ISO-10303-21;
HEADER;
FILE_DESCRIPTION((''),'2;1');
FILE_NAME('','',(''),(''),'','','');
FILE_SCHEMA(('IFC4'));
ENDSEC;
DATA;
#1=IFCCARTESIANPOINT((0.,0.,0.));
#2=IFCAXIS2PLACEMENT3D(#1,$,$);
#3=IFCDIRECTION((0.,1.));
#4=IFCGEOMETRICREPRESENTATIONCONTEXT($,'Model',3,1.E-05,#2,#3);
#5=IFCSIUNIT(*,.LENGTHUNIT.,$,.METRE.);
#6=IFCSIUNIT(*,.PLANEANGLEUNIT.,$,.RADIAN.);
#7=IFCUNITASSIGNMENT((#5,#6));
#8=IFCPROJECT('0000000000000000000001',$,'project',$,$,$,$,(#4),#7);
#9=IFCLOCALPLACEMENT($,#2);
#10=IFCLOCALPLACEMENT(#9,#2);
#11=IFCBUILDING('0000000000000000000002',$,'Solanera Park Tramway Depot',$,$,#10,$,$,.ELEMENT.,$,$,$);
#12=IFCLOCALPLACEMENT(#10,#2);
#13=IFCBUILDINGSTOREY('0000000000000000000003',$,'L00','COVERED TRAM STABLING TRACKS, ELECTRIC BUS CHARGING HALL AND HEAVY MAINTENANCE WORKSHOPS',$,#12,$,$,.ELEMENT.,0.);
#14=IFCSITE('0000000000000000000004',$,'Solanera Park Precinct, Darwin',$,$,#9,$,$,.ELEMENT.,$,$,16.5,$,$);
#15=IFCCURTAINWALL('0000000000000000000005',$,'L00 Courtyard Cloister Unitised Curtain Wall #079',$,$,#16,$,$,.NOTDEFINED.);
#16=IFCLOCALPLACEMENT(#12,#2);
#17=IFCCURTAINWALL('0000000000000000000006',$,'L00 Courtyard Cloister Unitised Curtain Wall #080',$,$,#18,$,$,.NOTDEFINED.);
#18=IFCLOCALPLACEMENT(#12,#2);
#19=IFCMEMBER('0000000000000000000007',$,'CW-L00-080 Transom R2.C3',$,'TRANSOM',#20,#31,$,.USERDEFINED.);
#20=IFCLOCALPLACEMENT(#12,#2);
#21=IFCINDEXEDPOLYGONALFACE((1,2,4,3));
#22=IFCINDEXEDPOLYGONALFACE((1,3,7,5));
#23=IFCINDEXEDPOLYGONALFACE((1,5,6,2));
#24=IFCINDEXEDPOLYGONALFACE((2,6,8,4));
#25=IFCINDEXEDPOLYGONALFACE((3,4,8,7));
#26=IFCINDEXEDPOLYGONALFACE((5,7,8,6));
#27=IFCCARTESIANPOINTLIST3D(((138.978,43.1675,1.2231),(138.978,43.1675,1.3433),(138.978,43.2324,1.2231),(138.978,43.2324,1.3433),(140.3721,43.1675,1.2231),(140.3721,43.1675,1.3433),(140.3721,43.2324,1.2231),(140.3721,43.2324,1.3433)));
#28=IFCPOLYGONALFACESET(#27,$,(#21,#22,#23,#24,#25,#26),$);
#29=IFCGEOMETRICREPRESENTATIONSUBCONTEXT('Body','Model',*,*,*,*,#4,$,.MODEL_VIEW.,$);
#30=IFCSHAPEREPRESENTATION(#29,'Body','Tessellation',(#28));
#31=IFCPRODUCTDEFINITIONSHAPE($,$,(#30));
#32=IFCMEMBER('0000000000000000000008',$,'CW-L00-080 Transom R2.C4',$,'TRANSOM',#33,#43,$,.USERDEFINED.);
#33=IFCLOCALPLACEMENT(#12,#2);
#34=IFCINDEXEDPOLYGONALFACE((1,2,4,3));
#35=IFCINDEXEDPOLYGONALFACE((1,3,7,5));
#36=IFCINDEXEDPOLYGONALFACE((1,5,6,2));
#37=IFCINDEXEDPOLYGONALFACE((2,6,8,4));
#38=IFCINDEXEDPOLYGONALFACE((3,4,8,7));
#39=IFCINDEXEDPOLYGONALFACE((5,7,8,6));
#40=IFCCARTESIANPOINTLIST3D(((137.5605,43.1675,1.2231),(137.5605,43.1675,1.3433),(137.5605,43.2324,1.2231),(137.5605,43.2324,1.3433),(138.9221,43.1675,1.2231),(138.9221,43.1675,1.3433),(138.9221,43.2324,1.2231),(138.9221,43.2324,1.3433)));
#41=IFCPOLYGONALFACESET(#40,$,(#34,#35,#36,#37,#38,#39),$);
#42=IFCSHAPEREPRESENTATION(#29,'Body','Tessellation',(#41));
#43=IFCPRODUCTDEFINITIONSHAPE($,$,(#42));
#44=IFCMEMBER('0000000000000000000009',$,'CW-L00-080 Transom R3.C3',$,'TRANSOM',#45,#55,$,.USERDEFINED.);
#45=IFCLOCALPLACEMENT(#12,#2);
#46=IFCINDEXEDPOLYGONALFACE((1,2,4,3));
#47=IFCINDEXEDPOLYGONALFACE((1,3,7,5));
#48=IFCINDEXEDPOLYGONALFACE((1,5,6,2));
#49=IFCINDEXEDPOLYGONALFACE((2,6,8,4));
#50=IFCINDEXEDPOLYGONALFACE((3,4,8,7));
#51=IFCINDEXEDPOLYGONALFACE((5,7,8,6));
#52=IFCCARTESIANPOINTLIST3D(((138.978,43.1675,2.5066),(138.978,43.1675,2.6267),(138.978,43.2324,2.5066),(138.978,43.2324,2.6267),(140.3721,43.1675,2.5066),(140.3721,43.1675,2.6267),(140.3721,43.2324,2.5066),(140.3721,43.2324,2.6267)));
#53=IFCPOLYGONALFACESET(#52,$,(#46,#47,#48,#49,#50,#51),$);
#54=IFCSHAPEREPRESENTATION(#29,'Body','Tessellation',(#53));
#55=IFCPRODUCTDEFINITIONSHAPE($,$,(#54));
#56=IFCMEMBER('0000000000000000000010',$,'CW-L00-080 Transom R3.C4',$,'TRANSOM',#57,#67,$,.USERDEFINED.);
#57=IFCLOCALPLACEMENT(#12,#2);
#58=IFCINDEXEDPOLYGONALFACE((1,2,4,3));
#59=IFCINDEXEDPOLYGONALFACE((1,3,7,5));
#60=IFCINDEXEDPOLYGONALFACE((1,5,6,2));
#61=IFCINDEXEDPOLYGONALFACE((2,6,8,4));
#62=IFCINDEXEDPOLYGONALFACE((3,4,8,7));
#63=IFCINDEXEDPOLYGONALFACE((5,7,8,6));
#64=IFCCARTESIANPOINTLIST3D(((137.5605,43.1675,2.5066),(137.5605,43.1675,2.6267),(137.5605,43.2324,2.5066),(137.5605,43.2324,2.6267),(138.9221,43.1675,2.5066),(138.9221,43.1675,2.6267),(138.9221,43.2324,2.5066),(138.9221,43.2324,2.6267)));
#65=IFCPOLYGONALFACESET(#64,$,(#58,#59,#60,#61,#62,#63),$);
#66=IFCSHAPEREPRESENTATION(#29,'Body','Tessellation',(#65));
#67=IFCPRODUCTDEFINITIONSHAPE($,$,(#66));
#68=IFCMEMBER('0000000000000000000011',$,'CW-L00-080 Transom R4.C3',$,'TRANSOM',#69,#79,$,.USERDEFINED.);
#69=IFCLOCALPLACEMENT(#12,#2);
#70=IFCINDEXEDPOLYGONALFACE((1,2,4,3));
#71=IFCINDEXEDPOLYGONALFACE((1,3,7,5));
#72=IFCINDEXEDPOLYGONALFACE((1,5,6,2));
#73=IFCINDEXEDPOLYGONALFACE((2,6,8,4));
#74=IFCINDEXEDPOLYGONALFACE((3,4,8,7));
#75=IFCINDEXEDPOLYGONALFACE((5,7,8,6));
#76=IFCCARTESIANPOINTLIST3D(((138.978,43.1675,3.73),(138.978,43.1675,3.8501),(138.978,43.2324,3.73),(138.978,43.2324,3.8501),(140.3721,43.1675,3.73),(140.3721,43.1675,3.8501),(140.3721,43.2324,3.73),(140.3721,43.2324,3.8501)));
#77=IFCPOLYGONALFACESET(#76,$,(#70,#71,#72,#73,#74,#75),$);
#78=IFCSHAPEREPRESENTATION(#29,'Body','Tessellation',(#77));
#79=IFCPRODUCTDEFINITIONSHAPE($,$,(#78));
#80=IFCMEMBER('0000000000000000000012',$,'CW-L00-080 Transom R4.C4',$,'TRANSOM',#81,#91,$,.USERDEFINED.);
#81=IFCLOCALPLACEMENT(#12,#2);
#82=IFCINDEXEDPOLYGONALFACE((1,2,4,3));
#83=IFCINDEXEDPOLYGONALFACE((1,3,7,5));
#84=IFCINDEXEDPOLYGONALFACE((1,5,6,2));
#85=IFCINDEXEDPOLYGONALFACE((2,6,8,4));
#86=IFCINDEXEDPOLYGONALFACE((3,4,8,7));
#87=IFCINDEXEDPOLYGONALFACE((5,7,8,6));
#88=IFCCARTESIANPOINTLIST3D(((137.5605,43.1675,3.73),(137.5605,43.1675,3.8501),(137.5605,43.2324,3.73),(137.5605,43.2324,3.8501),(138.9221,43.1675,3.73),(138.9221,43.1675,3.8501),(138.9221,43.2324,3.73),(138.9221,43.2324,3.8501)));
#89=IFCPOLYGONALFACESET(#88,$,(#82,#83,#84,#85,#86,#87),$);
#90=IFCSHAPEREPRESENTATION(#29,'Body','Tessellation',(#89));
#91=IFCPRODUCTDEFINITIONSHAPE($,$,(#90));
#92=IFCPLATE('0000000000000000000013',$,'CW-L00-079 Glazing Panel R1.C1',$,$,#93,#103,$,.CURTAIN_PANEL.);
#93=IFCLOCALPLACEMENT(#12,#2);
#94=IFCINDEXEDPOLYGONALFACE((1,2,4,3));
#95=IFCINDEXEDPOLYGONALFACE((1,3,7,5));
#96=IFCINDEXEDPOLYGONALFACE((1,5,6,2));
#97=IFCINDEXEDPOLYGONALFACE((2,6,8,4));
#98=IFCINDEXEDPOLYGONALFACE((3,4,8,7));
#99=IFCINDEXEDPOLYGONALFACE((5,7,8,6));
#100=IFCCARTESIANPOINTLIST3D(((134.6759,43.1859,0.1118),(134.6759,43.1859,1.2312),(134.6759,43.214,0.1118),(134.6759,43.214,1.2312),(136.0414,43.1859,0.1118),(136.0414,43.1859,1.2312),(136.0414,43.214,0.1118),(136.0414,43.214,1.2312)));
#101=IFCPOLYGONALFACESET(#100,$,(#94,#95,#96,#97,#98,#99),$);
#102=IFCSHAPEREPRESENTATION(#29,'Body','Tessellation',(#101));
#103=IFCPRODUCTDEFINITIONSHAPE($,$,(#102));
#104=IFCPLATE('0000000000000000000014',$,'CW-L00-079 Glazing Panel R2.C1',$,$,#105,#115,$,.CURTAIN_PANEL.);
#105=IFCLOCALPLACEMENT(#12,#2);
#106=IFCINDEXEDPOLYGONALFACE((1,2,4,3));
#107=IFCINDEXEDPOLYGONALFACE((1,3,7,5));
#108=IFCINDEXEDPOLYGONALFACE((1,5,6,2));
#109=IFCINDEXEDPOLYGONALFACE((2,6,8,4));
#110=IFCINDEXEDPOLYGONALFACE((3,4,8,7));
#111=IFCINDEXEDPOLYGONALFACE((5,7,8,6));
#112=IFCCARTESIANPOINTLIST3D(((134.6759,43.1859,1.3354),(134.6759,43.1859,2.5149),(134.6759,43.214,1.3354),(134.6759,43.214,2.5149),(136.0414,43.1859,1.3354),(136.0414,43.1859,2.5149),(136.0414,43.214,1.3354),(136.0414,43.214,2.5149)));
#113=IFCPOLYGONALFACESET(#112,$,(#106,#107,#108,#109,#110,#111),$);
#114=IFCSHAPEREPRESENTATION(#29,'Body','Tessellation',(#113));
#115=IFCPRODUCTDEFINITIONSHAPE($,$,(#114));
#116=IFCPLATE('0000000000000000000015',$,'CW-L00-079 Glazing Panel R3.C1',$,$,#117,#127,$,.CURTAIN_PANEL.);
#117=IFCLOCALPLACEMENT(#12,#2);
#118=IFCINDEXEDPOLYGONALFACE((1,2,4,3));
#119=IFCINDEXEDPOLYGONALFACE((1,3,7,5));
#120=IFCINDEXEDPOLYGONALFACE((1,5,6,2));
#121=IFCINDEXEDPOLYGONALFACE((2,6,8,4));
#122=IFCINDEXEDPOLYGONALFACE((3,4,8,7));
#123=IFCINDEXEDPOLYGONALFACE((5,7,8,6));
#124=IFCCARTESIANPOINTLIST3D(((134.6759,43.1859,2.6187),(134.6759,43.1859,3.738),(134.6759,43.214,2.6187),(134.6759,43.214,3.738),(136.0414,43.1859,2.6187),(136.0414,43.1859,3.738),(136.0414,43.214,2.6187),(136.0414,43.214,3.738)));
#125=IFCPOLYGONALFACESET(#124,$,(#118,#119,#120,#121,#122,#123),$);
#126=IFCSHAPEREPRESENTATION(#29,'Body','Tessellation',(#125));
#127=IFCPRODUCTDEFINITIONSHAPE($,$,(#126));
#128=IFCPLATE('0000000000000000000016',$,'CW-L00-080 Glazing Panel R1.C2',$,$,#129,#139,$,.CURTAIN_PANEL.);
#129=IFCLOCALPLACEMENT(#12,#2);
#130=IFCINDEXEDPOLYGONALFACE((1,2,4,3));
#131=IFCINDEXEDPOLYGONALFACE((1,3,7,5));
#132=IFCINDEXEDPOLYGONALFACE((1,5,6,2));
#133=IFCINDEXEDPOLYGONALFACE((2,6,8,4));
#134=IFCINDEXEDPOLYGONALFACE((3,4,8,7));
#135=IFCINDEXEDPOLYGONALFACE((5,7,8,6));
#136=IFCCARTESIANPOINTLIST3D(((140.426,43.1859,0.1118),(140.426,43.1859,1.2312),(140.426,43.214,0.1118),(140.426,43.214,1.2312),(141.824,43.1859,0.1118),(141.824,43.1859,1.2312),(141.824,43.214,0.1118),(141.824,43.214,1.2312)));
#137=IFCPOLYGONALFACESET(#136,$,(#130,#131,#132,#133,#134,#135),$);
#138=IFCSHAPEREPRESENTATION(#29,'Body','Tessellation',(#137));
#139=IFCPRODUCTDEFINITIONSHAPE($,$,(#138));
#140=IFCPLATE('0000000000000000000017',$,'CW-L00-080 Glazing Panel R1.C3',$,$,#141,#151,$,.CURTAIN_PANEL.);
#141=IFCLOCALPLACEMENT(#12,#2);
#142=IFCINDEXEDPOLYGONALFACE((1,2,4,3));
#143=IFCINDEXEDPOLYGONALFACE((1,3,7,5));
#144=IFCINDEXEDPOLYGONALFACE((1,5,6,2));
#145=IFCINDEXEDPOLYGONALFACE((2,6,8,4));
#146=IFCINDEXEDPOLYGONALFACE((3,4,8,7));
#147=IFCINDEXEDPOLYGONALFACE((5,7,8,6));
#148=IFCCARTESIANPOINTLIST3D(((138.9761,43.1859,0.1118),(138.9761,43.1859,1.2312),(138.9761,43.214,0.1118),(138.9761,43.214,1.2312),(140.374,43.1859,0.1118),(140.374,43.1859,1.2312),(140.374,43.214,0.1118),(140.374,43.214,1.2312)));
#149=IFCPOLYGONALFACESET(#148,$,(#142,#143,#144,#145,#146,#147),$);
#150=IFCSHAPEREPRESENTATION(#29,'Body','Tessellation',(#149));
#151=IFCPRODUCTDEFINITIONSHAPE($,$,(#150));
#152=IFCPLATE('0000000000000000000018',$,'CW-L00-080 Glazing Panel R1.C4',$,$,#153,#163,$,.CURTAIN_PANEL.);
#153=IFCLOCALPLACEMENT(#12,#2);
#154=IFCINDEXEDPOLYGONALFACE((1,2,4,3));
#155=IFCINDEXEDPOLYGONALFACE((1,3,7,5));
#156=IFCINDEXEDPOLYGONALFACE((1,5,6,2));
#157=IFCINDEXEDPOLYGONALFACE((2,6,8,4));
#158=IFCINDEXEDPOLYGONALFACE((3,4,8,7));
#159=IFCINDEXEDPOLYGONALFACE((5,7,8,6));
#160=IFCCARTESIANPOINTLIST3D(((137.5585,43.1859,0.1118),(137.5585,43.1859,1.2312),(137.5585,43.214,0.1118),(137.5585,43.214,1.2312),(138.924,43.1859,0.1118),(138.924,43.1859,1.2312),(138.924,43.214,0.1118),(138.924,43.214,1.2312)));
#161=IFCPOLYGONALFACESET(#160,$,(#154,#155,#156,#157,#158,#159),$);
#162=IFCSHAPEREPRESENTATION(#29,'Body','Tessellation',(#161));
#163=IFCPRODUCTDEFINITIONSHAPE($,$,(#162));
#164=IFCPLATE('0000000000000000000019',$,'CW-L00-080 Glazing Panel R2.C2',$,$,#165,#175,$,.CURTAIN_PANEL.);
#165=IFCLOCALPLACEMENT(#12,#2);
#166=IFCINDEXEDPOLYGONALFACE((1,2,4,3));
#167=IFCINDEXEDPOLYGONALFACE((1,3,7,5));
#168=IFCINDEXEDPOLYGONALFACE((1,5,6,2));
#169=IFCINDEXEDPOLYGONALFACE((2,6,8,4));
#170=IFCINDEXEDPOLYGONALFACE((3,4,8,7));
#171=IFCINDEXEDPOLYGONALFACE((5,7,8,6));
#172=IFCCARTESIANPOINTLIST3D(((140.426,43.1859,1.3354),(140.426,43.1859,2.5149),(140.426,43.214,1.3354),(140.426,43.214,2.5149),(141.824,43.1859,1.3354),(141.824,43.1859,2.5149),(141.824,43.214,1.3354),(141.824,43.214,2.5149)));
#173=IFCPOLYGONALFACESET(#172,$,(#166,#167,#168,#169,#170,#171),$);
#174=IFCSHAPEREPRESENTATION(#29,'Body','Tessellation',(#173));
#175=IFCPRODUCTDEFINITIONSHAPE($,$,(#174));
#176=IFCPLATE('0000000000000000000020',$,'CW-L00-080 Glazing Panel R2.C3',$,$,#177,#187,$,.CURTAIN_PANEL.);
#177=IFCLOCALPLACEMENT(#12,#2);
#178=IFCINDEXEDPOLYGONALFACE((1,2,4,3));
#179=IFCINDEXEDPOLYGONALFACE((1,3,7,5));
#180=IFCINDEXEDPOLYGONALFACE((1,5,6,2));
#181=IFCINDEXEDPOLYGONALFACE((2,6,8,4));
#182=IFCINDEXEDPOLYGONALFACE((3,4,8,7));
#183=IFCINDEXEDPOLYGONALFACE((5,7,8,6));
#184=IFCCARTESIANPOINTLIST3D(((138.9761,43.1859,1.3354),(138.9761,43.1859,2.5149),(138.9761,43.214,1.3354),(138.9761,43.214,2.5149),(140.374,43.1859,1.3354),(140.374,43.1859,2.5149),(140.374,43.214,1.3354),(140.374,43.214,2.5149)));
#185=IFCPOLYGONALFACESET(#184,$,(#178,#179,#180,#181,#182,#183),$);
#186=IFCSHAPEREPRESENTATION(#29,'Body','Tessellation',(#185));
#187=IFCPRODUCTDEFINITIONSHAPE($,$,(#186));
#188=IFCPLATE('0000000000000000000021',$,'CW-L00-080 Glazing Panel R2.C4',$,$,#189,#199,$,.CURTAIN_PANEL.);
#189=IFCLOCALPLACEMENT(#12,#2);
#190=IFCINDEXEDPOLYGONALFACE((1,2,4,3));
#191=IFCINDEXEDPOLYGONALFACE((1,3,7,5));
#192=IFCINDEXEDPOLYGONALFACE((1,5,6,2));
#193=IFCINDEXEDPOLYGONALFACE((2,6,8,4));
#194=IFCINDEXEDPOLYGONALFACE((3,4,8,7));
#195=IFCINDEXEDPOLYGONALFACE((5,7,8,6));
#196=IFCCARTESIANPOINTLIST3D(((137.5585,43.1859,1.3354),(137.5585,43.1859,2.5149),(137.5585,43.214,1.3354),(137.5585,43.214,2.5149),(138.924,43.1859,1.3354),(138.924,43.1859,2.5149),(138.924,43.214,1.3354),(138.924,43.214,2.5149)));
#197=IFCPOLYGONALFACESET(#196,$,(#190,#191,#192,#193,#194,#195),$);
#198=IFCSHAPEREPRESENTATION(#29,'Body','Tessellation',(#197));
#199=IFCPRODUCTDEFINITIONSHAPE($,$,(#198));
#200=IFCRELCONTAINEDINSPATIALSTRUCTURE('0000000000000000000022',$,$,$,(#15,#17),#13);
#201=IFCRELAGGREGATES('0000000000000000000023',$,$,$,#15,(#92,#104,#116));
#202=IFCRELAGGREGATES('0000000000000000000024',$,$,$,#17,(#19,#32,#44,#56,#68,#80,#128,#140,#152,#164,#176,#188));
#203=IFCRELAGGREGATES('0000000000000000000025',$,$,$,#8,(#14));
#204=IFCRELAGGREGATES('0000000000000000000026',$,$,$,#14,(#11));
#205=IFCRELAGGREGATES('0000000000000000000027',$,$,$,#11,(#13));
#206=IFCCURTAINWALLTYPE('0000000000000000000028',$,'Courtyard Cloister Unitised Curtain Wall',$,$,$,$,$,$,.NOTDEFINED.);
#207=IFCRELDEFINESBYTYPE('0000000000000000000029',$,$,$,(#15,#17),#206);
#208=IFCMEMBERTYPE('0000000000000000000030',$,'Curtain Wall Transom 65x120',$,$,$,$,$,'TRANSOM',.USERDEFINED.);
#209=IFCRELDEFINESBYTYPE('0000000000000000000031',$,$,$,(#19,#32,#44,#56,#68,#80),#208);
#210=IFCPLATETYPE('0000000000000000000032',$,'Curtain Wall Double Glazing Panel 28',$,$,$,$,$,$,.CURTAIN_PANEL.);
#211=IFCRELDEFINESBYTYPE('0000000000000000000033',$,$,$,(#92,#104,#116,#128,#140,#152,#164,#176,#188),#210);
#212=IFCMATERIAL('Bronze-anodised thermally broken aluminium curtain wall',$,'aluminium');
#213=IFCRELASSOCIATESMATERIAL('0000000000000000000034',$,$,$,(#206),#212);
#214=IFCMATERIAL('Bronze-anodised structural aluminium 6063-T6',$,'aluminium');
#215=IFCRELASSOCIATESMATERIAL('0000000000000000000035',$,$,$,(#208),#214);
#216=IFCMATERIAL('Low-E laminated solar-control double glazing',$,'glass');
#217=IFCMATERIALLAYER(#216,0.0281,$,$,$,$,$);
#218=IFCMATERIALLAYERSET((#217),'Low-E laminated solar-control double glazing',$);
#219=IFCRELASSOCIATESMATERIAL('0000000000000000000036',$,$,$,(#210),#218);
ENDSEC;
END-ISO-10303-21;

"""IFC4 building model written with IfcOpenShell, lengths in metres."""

from ifc_helpers import new_model, si_unit, direction, frame, origin, origin_2d, place, context, subcontext, project, spatial, rectangle, extrude, material, layer, layer_set, material_profile, profile_set, type_object, element, aggregate, save


model = new_model("IFC4")

# Units and contexts
model_context = context("Model", 3, precision=1e-05, world=origin(), true_north=direction((0.0, 1.0)))
body_context = subcontext(model_context, "Body", "Model", "MODEL_VIEW")
ifc_project = project(units=[si_unit("LENGTHUNIT", "METRE"), si_unit("PLANEANGLEUNIT", "RADIAN")], contexts=[model_context])

# Site, building, storey
site_placement = place(None, origin())
site = spatial("IfcSite", under=ifc_project, at=site_placement, Name="Solanera Park Precinct, Darwin", CompositionType="ELEMENT", RefElevation=16.5)
building_placement = place(site_placement, origin())
building = spatial("IfcBuilding", under=site, at=building_placement, Name="Solanera Park Tramway Depot", CompositionType="ELEMENT")
storey_placement = place(building_placement, origin())
storey = spatial("IfcBuildingStorey", under=building, at=storey_placement, Name="L00", Description="COVERED TRAM STABLING TRACKS, ELECTRIC BUS CHARGING HALL AND HEAVY MAINTENANCE WORKSHOPS", CompositionType="ELEMENT", Elevation=0.0)

# Curtain walls
ifc_material_1 = material(Name="Bronze-anodised thermally broken aluminium curtain wall", Category="aluminium")
curtain_wall_type = type_object("IfcCurtainWallType", Name="Courtyard Cloister Unitised Curtain Wall", PredefinedType="NOTDEFINED", material=ifc_material_1)
curtain_wall_1_placement = place(storey_placement, origin())
curtain_wall_1 = element("IfcCurtainWall", 1, at=curtain_wall_1_placement, inside=storey, type_object=curtain_wall_type, Name="L00 Courtyard Cloister Unitised Curtain Wall #079", PredefinedType="NOTDEFINED")
curtain_wall_2_placement = place(storey_placement, origin())
curtain_wall_2 = element("IfcCurtainWall", 2, at=curtain_wall_2_placement, inside=storey, type_object=curtain_wall_type, Name="L00 Courtyard Cloister Unitised Curtain Wall #080", PredefinedType="NOTDEFINED")

# Members
ifc_material_2 = material(Name="Bronze-anodised structural aluminium 6063-T6", Category="aluminium")
ifc_material_profile_1 = material_profile(ifc_material_2, rectangle(XDim=0.0649, YDim=0.1201, at=origin_2d()), Name="Curtain Wall Transom 65x120")
ifc_profile_set_1 = profile_set([ifc_material_profile_1], Name="Bronze-anodised structural aluminium 6063-T6")
member_type_1 = type_object("IfcMemberType", Name="Curtain Wall Transom 65x120", ElementType="TRANSOM", PredefinedType="USERDEFINED", material=ifc_profile_set_1)
member_1_placement = place(storey_placement, frame((140.3721, 43.2, 1.2832), z_axis=(-1.0, 0.0, 0.0), x_axis=(0.0, -1.0, 0.0)))
member_1 = element("IfcMember", 3, at=member_1_placement, type_object=member_type_1, Name="CW-L00-080 Transom R2.C3", ObjectType="TRANSOM", PredefinedType="USERDEFINED", context=body_context, shape_type="SweptSolid", body=[
    extrude(rectangle(XDim=0.0649, YDim=0.1201, at=origin_2d()), origin(), (0.0, 0.0, 1.0), 1.394),
])
member_2_placement = place(storey_placement, frame((138.9221, 43.2, 1.2832), z_axis=(-1.0, 0.0, 0.0), x_axis=(0.0, -1.0, 0.0)))
member_2 = element("IfcMember", 4, at=member_2_placement, type_object=member_type_1, Name="CW-L00-080 Transom R2.C4", ObjectType="TRANSOM", PredefinedType="USERDEFINED", context=body_context, shape_type="SweptSolid", body=[
    extrude(rectangle(XDim=0.0649, YDim=0.1201, at=origin_2d()), origin(), (0.0, 0.0, 1.0), 1.3616),
])
member_3_placement = place(storey_placement, frame((140.3721, 43.2, 2.5667), z_axis=(-1.0, 0.0, 0.0), x_axis=(0.0, -1.0, 0.0)))
member_3 = element("IfcMember", 5, at=member_3_placement, type_object=member_type_1, Name="CW-L00-080 Transom R3.C3", ObjectType="TRANSOM", PredefinedType="USERDEFINED", context=body_context, shape_type="SweptSolid", body=[
    extrude(rectangle(XDim=0.0649, YDim=0.1201, at=origin_2d()), origin(), (0.0, 0.0, 1.0), 1.394),
])
member_4_placement = place(storey_placement, frame((138.9221, 43.2, 2.5667), z_axis=(-1.0, 0.0, 0.0), x_axis=(0.0, -1.0, 0.0)))
member_4 = element("IfcMember", 6, at=member_4_placement, type_object=member_type_1, Name="CW-L00-080 Transom R3.C4", ObjectType="TRANSOM", PredefinedType="USERDEFINED", context=body_context, shape_type="SweptSolid", body=[
    extrude(rectangle(XDim=0.0649, YDim=0.1201, at=origin_2d()), origin(), (0.0, 0.0, 1.0), 1.3616),
])
member_5_placement = place(storey_placement, frame((140.3721, 43.2, 3.79), z_axis=(-1.0, 0.0, 0.0), x_axis=(0.0, -1.0, 0.0)))
member_5 = element("IfcMember", 7, at=member_5_placement, type_object=member_type_1, Name="CW-L00-080 Transom R4.C3", ObjectType="TRANSOM", PredefinedType="USERDEFINED", context=body_context, shape_type="SweptSolid", body=[
    extrude(rectangle(XDim=0.0649, YDim=0.1201, at=origin_2d()), origin(), (0.0, 0.0, 1.0), 1.394),
])
member_6_placement = place(storey_placement, frame((138.9221, 43.2, 3.79), z_axis=(-1.0, 0.0, 0.0), x_axis=(0.0, -1.0, 0.0)))
member_6 = element("IfcMember", 8, at=member_6_placement, type_object=member_type_1, Name="CW-L00-080 Transom R4.C4", ObjectType="TRANSOM", PredefinedType="USERDEFINED", context=body_context, shape_type="SweptSolid", body=[
    extrude(rectangle(XDim=0.0649, YDim=0.1201, at=origin_2d()), origin(), (0.0, 0.0, 1.0), 1.3616),
])

# Plates
ifc_material_3 = material(Name="Low-E laminated solar-control double glazing", Category="glass")
ifc_layer = layer(ifc_material_3, 0.0281)
ifc_layer_set = layer_set([ifc_layer], Name="Low-E laminated solar-control double glazing")
plate_type = type_object("IfcPlateType", Name="Curtain Wall Double Glazing Panel 28", PredefinedType="CURTAIN_PANEL", material=ifc_layer_set)
plate_1_placement = place(storey_placement, frame((135.3586, 43.2, 0.1118), z_axis=(0.0, 0.0, 1.0), x_axis=(-1.0, 0.0, 0.0)))
plate_1 = element("IfcPlate", 9, at=plate_1_placement, type_object=plate_type, Name="CW-L00-079 Glazing Panel R1.C1", PredefinedType="CURTAIN_PANEL", context=body_context, shape_type="SweptSolid", body=[
    extrude(rectangle(XDim=1.3655, YDim=0.0281, at=origin_2d()), origin(), (0.0, 0.0, 1.0), 1.1194),
])
plate_2_placement = place(storey_placement, frame((135.3586, 43.2, 1.3354), z_axis=(0.0, 0.0, 1.0), x_axis=(-1.0, 0.0, 0.0)))
plate_2 = element("IfcPlate", 10, at=plate_2_placement, type_object=plate_type, Name="CW-L00-079 Glazing Panel R2.C1", PredefinedType="CURTAIN_PANEL", context=body_context, shape_type="SweptSolid", body=[
    extrude(rectangle(XDim=1.3655, YDim=0.0281, at=origin_2d()), origin(), (0.0, 0.0, 1.0), 1.1794),
])
plate_3_placement = place(storey_placement, frame((135.3586, 43.2, 2.6187), z_axis=(0.0, 0.0, 1.0), x_axis=(-1.0, 0.0, 0.0)))
plate_3 = element("IfcPlate", 11, at=plate_3_placement, type_object=plate_type, Name="CW-L00-079 Glazing Panel R3.C1", PredefinedType="CURTAIN_PANEL", context=body_context, shape_type="SweptSolid", body=[
    extrude(rectangle(XDim=1.3655, YDim=0.0281, at=origin_2d()), origin(), (0.0, 0.0, 1.0), 1.1194),
])
aggregate(curtain_wall_1, [plate_1, plate_2, plate_3])
plate_4_placement = place(storey_placement, frame((141.125, 43.2, 0.1118), z_axis=(0.0, 0.0, 1.0), x_axis=(-1.0, 0.0, 0.0)))
plate_4 = element("IfcPlate", 12, at=plate_4_placement, type_object=plate_type, Name="CW-L00-080 Glazing Panel R1.C2", PredefinedType="CURTAIN_PANEL", context=body_context, shape_type="SweptSolid", body=[
    extrude(rectangle(XDim=1.3979, YDim=0.0281, at=origin_2d()), origin(), (0.0, 0.0, 1.0), 1.1194),
])
plate_5_placement = place(storey_placement, frame((139.675, 43.2, 0.1118), z_axis=(0.0, 0.0, 1.0), x_axis=(-1.0, 0.0, 0.0)))
plate_5 = element("IfcPlate", 13, at=plate_5_placement, type_object=plate_type, Name="CW-L00-080 Glazing Panel R1.C3", PredefinedType="CURTAIN_PANEL", context=body_context, shape_type="SweptSolid", body=[
    extrude(rectangle(XDim=1.3979, YDim=0.0281, at=origin_2d()), origin(), (0.0, 0.0, 1.0), 1.1194),
])
plate_6_placement = place(storey_placement, frame((138.2412, 43.2, 0.1118), z_axis=(0.0, 0.0, 1.0), x_axis=(-1.0, 0.0, 0.0)))
plate_6 = element("IfcPlate", 14, at=plate_6_placement, type_object=plate_type, Name="CW-L00-080 Glazing Panel R1.C4", PredefinedType="CURTAIN_PANEL", context=body_context, shape_type="SweptSolid", body=[
    extrude(rectangle(XDim=1.3655, YDim=0.0281, at=origin_2d()), origin(), (0.0, 0.0, 1.0), 1.1194),
])
plate_7_placement = place(storey_placement, frame((141.125, 43.2, 1.3354), z_axis=(0.0, 0.0, 1.0), x_axis=(-1.0, 0.0, 0.0)))
plate_7 = element("IfcPlate", 15, at=plate_7_placement, type_object=plate_type, Name="CW-L00-080 Glazing Panel R2.C2", PredefinedType="CURTAIN_PANEL", context=body_context, shape_type="SweptSolid", body=[
    extrude(rectangle(XDim=1.3979, YDim=0.0281, at=origin_2d()), origin(), (0.0, 0.0, 1.0), 1.1794),
])
plate_8_placement = place(storey_placement, frame((139.675, 43.2, 1.3354), z_axis=(0.0, 0.0, 1.0), x_axis=(-1.0, 0.0, 0.0)))
plate_8 = element("IfcPlate", 16, at=plate_8_placement, type_object=plate_type, Name="CW-L00-080 Glazing Panel R2.C3", PredefinedType="CURTAIN_PANEL", context=body_context, shape_type="SweptSolid", body=[
    extrude(rectangle(XDim=1.3979, YDim=0.0281, at=origin_2d()), origin(), (0.0, 0.0, 1.0), 1.1794),
])
plate_9_placement = place(storey_placement, frame((138.2412, 43.2, 1.3354), z_axis=(0.0, 0.0, 1.0), x_axis=(-1.0, 0.0, 0.0)))
plate_9 = element("IfcPlate", 17, at=plate_9_placement, type_object=plate_type, Name="CW-L00-080 Glazing Panel R2.C4", PredefinedType="CURTAIN_PANEL", context=body_context, shape_type="SweptSolid", body=[
    extrude(rectangle(XDim=1.3655, YDim=0.0281, at=origin_2d()), origin(), (0.0, 0.0, 1.0), 1.1794),
])
aggregate(curtain_wall_2, [member_1, member_2, member_3, member_4, member_5, member_6, plate_4, plate_5, plate_6, plate_7, plate_8, plate_9])

save(model, "model.ifc")
